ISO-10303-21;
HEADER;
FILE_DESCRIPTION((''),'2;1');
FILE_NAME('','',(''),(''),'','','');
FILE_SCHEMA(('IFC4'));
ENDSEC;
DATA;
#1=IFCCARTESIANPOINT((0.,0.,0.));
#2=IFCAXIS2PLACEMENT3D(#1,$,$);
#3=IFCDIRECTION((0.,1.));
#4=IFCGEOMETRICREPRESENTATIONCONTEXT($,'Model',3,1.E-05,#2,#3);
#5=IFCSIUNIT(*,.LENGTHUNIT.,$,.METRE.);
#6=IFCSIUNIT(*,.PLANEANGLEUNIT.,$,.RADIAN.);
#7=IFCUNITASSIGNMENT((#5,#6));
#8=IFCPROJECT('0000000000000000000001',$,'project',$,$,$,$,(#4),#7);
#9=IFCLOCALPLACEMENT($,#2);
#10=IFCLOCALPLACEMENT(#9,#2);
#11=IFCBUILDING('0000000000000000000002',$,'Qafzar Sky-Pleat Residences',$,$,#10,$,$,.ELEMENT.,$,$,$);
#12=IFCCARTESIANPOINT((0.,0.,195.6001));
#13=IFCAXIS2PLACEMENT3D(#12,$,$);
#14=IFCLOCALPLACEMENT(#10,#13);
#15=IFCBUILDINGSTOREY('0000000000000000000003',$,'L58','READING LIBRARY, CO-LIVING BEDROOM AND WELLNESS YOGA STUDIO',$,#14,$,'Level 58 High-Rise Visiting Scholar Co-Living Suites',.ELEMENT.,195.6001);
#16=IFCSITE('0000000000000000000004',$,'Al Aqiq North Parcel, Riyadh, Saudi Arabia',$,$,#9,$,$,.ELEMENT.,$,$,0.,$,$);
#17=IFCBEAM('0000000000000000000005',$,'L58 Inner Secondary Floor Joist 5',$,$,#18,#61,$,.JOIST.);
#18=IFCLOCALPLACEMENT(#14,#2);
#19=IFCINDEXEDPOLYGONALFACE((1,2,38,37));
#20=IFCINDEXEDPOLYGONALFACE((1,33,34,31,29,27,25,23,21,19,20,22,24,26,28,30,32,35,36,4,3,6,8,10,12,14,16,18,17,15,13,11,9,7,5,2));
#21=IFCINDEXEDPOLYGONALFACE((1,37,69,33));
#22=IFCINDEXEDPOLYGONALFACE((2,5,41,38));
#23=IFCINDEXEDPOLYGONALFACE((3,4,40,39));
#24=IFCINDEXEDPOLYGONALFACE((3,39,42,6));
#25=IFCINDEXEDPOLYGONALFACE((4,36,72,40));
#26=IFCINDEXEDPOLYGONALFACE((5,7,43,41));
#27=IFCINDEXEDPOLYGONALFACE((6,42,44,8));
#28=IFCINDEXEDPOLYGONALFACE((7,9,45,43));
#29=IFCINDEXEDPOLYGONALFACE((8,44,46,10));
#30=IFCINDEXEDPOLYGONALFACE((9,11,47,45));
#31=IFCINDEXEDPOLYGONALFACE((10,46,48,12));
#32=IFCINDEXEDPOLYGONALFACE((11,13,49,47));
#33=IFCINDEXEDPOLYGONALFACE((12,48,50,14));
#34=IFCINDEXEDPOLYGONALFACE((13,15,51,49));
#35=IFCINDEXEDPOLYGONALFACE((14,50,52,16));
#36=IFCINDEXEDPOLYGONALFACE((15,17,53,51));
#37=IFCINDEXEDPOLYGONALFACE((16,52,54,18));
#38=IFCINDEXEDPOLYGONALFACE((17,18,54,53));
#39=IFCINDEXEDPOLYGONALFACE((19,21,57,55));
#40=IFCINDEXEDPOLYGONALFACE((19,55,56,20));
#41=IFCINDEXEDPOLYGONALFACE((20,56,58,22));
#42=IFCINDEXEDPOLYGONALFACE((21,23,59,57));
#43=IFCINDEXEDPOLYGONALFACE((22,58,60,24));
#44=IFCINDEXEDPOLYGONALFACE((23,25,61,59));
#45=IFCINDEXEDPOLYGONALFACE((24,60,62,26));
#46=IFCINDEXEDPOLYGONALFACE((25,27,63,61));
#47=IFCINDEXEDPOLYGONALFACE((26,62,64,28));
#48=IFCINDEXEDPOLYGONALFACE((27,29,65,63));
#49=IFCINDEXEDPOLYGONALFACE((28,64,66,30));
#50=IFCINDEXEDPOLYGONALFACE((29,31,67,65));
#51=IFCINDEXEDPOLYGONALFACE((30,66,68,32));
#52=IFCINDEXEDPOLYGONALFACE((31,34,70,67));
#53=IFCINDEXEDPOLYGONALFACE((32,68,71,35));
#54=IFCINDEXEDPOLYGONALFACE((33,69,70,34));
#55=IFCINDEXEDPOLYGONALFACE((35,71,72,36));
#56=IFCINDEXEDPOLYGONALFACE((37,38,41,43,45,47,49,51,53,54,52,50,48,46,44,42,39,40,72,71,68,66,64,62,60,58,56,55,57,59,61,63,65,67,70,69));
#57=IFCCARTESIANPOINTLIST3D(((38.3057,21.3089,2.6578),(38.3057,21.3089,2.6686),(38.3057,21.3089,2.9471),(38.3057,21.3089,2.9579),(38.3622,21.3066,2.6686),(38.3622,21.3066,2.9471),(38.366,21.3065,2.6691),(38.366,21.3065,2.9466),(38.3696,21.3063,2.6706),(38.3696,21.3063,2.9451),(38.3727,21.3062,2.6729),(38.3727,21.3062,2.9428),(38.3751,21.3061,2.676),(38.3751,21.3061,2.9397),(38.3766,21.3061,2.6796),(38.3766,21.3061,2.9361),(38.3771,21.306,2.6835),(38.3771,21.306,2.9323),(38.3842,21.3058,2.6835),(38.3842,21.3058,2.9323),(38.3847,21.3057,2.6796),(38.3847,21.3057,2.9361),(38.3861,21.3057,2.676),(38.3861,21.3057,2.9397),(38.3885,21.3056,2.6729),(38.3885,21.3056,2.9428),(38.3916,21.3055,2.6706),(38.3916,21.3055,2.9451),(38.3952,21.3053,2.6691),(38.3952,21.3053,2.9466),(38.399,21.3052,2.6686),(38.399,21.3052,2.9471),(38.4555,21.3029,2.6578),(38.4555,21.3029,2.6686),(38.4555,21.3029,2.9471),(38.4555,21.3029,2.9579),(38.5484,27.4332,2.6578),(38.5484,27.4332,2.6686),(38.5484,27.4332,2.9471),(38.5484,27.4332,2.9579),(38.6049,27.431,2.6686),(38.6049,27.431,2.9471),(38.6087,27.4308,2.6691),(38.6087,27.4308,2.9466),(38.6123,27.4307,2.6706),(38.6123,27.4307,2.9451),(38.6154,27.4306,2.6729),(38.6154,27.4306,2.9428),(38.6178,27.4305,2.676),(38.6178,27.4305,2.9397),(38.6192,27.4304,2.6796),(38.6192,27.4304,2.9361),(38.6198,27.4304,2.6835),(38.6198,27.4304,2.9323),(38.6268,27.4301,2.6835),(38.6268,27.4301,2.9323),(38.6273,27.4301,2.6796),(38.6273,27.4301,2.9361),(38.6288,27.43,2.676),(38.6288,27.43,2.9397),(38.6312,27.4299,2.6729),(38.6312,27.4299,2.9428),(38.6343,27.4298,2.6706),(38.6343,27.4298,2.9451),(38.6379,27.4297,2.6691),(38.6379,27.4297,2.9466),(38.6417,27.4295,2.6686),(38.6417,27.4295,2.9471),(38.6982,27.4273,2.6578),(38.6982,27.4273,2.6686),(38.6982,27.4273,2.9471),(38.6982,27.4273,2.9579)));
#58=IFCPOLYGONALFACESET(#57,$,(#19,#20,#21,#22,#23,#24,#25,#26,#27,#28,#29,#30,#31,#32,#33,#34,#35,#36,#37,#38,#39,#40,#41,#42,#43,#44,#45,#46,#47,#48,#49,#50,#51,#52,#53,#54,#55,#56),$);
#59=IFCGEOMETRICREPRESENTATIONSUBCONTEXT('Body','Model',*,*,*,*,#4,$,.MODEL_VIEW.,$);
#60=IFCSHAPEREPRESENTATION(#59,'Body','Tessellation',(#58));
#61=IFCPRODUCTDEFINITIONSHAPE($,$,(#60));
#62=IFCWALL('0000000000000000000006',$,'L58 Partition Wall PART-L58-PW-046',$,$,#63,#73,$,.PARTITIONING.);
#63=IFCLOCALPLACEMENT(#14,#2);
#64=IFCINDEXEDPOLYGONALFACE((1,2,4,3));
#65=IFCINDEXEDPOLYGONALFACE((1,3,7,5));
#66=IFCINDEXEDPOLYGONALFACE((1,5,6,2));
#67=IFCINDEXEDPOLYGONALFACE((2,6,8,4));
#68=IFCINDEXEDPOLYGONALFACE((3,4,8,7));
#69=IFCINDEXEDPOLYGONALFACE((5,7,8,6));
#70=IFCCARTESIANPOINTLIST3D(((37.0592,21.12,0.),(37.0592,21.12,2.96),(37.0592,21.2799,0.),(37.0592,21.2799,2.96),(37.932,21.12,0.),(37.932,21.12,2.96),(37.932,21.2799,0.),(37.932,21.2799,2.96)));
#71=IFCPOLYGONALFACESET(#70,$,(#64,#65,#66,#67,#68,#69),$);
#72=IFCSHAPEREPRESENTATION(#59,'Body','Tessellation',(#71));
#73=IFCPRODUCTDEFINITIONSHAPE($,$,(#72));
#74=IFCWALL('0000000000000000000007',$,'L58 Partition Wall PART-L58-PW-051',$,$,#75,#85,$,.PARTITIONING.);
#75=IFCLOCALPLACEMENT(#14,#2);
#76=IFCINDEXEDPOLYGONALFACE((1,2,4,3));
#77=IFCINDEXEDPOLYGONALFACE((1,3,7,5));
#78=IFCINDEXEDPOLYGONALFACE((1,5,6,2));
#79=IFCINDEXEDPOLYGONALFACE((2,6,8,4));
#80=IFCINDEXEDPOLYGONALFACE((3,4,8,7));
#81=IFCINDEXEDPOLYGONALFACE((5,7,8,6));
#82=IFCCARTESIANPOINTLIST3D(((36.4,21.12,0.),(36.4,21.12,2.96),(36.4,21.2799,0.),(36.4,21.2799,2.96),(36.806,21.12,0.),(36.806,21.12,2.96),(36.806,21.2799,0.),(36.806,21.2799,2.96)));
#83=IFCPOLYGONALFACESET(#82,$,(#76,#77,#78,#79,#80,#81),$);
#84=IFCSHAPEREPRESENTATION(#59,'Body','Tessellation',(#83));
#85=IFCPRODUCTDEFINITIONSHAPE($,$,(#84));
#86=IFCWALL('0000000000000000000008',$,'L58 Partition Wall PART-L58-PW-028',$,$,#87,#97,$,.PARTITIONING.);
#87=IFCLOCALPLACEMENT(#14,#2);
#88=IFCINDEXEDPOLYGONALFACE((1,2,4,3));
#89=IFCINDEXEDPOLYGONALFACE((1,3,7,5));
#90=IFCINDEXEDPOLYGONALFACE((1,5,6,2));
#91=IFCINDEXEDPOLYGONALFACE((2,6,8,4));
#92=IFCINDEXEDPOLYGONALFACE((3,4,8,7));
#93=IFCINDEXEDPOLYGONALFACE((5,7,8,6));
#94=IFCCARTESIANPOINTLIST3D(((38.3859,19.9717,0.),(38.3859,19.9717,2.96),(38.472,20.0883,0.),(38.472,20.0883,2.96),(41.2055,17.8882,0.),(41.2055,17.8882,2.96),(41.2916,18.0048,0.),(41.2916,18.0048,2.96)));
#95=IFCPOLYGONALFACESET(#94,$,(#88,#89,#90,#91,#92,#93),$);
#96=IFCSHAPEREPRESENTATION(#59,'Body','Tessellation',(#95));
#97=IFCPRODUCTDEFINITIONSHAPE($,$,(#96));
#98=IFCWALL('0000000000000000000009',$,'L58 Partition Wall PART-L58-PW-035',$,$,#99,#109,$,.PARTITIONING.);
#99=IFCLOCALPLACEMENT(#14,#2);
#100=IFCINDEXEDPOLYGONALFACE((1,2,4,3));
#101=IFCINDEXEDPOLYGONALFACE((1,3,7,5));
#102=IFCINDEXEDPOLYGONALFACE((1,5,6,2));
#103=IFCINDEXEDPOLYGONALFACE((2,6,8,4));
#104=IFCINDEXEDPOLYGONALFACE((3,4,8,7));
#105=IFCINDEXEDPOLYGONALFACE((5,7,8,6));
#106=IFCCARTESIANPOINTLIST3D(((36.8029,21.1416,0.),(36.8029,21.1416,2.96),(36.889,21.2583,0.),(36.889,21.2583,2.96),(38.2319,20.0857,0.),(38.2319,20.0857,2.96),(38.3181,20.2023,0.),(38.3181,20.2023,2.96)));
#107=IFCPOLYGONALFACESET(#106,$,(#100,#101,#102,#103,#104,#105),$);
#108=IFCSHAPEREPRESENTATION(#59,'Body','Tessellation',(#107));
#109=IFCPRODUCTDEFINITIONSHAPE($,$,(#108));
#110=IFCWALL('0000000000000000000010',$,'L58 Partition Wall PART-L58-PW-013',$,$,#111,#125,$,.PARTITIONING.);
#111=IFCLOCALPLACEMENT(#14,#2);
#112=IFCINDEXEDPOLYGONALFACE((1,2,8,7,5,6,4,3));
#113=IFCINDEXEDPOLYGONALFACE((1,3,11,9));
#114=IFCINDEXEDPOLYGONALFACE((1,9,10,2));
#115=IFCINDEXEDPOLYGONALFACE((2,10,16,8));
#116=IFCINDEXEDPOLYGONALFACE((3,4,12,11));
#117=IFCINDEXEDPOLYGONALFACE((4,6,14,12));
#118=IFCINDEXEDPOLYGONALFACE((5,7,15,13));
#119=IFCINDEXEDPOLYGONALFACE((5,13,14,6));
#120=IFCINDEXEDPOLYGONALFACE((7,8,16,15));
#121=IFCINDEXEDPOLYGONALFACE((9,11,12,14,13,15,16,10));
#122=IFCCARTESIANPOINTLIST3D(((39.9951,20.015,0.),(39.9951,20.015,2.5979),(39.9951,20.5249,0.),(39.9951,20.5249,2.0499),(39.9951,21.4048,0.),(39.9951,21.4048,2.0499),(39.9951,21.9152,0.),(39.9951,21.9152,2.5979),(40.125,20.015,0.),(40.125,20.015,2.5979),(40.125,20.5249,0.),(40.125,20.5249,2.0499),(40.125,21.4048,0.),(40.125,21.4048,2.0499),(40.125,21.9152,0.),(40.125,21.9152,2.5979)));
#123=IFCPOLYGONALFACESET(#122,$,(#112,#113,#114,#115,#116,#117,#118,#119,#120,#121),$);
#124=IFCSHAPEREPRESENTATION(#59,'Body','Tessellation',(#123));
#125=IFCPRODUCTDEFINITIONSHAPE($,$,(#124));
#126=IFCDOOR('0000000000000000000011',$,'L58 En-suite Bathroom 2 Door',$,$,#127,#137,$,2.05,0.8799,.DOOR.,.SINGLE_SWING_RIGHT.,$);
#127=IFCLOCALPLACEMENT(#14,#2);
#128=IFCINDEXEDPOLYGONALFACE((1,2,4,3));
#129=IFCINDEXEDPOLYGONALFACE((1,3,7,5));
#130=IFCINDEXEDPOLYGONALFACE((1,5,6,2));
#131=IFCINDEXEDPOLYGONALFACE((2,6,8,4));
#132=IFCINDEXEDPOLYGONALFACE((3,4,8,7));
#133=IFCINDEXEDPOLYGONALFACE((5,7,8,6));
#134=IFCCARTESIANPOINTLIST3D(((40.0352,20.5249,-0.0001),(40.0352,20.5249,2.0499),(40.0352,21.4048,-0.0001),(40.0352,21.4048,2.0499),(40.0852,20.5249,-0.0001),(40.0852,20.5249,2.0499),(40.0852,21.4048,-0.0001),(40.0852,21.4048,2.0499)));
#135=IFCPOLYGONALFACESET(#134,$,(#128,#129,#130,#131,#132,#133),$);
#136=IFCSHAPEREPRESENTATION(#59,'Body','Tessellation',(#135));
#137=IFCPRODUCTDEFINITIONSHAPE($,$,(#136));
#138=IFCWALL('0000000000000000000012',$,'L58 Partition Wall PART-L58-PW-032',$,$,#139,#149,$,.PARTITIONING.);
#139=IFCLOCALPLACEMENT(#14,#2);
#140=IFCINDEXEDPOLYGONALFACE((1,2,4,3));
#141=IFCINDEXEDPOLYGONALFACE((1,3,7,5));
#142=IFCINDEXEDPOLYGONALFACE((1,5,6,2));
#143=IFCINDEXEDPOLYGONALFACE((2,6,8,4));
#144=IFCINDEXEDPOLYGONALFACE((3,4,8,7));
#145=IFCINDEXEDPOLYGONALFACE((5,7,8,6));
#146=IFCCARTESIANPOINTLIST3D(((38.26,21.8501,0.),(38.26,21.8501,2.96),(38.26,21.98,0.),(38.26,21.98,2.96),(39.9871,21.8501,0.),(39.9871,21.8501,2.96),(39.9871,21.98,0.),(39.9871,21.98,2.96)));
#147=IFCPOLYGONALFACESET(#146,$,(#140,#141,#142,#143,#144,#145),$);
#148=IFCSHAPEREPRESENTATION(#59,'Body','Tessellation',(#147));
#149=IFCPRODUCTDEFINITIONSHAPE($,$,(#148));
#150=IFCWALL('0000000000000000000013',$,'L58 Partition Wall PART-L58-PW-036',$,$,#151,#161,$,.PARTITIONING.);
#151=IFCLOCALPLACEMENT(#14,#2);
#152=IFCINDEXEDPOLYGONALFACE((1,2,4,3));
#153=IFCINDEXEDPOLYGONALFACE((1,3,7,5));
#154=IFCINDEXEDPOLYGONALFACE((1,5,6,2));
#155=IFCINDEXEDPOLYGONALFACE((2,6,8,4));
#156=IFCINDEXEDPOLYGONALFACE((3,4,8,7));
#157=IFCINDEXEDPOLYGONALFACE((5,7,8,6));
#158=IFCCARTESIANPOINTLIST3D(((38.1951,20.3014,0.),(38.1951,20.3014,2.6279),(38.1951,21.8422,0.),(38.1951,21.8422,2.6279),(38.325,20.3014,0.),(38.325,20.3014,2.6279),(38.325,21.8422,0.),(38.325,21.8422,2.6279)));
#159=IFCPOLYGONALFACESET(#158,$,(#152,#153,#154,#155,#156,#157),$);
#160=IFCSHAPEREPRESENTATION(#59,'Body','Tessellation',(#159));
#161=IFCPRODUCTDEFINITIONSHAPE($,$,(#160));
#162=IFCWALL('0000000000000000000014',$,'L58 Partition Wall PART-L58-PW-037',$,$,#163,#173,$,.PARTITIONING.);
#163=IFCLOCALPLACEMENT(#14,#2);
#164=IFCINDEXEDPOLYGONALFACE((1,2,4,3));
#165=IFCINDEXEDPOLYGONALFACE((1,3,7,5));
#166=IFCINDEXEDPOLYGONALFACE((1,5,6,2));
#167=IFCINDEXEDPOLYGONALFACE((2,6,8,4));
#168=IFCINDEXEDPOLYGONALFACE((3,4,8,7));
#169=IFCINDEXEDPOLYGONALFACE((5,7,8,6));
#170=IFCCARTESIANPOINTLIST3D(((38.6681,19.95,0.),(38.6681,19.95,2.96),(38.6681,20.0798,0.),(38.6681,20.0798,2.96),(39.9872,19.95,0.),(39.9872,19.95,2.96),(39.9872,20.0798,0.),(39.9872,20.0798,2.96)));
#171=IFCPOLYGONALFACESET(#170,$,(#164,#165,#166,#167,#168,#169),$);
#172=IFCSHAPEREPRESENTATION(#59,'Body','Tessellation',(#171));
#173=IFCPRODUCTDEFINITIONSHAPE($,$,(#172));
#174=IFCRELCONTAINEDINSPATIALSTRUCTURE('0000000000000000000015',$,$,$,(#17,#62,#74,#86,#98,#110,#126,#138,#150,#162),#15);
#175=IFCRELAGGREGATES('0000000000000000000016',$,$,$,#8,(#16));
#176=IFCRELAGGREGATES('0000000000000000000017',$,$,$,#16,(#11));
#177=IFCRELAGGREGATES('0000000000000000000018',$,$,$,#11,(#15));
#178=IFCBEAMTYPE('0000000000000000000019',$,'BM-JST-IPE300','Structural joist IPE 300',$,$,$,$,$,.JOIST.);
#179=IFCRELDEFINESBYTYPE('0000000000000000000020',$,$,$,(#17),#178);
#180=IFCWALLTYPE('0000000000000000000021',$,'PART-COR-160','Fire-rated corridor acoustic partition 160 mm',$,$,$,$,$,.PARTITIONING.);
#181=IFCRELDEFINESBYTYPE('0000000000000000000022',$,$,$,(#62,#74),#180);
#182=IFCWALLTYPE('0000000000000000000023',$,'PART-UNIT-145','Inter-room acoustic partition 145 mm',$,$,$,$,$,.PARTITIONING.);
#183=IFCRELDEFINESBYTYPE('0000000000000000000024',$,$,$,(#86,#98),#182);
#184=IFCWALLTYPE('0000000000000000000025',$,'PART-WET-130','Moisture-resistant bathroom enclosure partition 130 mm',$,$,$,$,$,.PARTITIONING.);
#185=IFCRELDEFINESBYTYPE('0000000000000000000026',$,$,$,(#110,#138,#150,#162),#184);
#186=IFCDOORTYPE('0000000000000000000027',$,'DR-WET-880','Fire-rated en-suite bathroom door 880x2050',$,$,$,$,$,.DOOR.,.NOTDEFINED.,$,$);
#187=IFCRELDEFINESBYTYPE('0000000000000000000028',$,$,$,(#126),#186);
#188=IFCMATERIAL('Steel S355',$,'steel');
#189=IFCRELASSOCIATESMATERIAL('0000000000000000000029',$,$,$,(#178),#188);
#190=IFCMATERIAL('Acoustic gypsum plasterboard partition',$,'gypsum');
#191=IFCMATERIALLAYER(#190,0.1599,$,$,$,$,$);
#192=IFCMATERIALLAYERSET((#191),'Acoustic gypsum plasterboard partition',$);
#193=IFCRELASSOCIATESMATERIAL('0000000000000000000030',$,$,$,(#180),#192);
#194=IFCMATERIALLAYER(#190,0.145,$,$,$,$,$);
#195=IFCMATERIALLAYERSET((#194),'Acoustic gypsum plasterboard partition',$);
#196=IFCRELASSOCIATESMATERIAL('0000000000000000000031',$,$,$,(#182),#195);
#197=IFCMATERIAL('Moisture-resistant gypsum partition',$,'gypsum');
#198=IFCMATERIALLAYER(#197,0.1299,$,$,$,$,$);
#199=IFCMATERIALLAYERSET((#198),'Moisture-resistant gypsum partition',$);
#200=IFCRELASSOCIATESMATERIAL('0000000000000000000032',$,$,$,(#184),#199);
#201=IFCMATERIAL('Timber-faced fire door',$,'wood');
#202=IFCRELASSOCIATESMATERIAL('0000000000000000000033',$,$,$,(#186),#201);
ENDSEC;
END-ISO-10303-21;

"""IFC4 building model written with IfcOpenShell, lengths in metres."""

from ifc_helpers import new_model, si_unit, direction, frame, frame_2d, origin, origin_2d, place, context, subcontext, project, spatial, rectangle, i_section, extrude, source, transform, mapped, material, layer, layer_set, material_profile, profile_set, type_object, element, fill, save


model = new_model("IFC4")

# Units and contexts
model_context = context("Model", 3, precision=1e-05, world=origin(), true_north=direction((0.0, 1.0)))
body_context = subcontext(model_context, "Body", "Model", "MODEL_VIEW")
ifc_project = project(units=[si_unit("LENGTHUNIT", "METRE"), si_unit("PLANEANGLEUNIT", "RADIAN")], contexts=[model_context])

# Site, building, storey
site_placement = place(None, origin())
site = spatial("IfcSite", under=ifc_project, at=site_placement, Name="Al Aqiq North Parcel, Riyadh, Saudi Arabia", CompositionType="ELEMENT", RefElevation=0.0)
building_placement = place(site_placement, origin())
building = spatial("IfcBuilding", under=site, at=building_placement, Name="Qafzar Sky-Pleat Residences", CompositionType="ELEMENT")
storey_placement = place(building_placement, frame((0.0, 0.0, 195.6001)))
storey = spatial("IfcBuildingStorey", under=building, at=storey_placement, Name="L58", Description="READING LIBRARY, CO-LIVING BEDROOM AND WELLNESS YOGA STUDIO", LongName="Level 58 High-Rise Visiting Scholar Co-Living Suites", CompositionType="ELEMENT", Elevation=195.6001)

# Shared definitions
ifc_material_1 = material(Name="Steel S355", Category="steel")

# Beam
ifc_material_profile_1 = material_profile(ifc_material_1, i_section(OverallWidth=0.1499, OverallDepth=0.3, WebThickness=0.0071, FlangeThickness=0.0107, FilletRadius=0.0149, at=origin_2d()), Name="IPE 300")
ifc_profile_set_1 = profile_set([ifc_material_profile_1], Name="Steel S355")
beam_type_1 = type_object("IfcBeamType", Name="BM-JST-IPE300", Description="Structural joist IPE 300", PredefinedType="JOIST", material=ifc_profile_set_1)
shared_shape_1 = source(origin(), body_context, "Body", "SweptSolid", [
    extrude(i_section(OverallWidth=0.1499, OverallDepth=0.3, WebThickness=0.0071, FlangeThickness=0.0107, FilletRadius=0.0149, at=origin_2d()), origin(), (0.0, 0.0, 1.0), 6.1292),
])
beam_1_placement = place(storey_placement, frame((38.3806, 21.3059, 2.8079), z_axis=(0.039594, 0.999216, 0.0), x_axis=(-0.999216, 0.039594, 0.0)))
element("IfcBeam", 1, at=beam_1_placement, inside=storey, type_object=beam_type_1, Name="L58 Inner Secondary Floor Joist 5", PredefinedType="JOIST", context=body_context, shape_type="MappedRepresentation", body=[
    mapped(shared_shape_1, transform((0.0, 0.0, 0.0), x_axis=(1.0, 0.0, 0.0), y_axis=(0.0, 1.0, 0.0), z_axis=(0.0, 0.0, 1.0), scale=1.0)),
])

# Walls
ifc_material_2 = material(Name="Acoustic gypsum plasterboard partition", Category="gypsum")
ifc_layer_1 = layer(ifc_material_2, 0.1599)
ifc_layer_set_1 = layer_set([ifc_layer_1], Name="Acoustic gypsum plasterboard partition")
wall_type_1 = type_object("IfcWallType", Name="PART-COR-160", Description="Fire-rated corridor acoustic partition 160 mm", PredefinedType="PARTITIONING", material=ifc_layer_set_1)
wall_1_placement = place(storey_placement, frame((37.0591, 21.2, 0.0), z_axis=(0.0, 0.0, 1.0), x_axis=(1.0, 0.0, 0.0)))
element("IfcWall", 2, at=wall_1_placement, inside=storey, type_object=wall_type_1, Name="L58 Partition Wall PART-L58-PW-046", PredefinedType="PARTITIONING", context=body_context, shape_type="SweptSolid", body=[
    extrude(rectangle(XDim=0.8728, YDim=0.1599, at=frame_2d((0.4365, 0.0))), origin(), (0.0, 0.0, 1.0), 2.96),
])
wall_2_placement = place(storey_placement, frame((36.3999, 21.2, 0.0), z_axis=(0.0, 0.0, 1.0), x_axis=(1.0, 0.0, 0.0)))
element("IfcWall", 3, at=wall_2_placement, inside=storey, type_object=wall_type_1, Name="L58 Partition Wall PART-L58-PW-051", PredefinedType="PARTITIONING", context=body_context, shape_type="SweptSolid", body=[
    extrude(rectangle(XDim=0.406, YDim=0.1599, at=frame_2d((0.2031, 0.0))), origin(), (0.0, 0.0, 1.0), 2.96),
])
ifc_layer_2 = layer(ifc_material_2, 0.145)
ifc_layer_set_2 = layer_set([ifc_layer_2], Name="Acoustic gypsum plasterboard partition")
wall_type_2 = type_object("IfcWallType", Name="PART-UNIT-145", Description="Inter-room acoustic partition 145 mm", PredefinedType="PARTITIONING", material=ifc_layer_set_2)
wall_3_placement = place(storey_placement, frame((38.429, 20.03, 0.0), z_axis=(0.0, 0.0, 1.0), x_axis=(0.80425, -0.594291, 0.0)))
element("IfcWall", 4, at=wall_3_placement, inside=storey, type_object=wall_type_2, Name="L58 Partition Wall PART-L58-PW-028", PredefinedType="PARTITIONING", context=body_context, shape_type="SweptSolid", body=[
    extrude(rectangle(XDim=3.5059, YDim=0.145, at=frame_2d((1.7529, 0.0))), origin(), (0.0, 0.0, 1.0), 2.96),
])
wall_4_placement = place(storey_placement, frame((36.8459, 21.2, 0.0), z_axis=(0.0, 0.0, 1.0), x_axis=(0.80425, -0.594291, 0.0)))
element("IfcWall", 5, at=wall_4_placement, inside=storey, type_object=wall_type_2, Name="L58 Partition Wall PART-L58-PW-035", PredefinedType="PARTITIONING", context=body_context, shape_type="SweptSolid", body=[
    extrude(rectangle(XDim=1.7769, YDim=0.145, at=frame_2d((0.8884, 0.0))), origin(), (0.0, 0.0, 1.0), 2.96),
])

# Wall, opening, door
ifc_material_3 = material(Name="Moisture-resistant gypsum partition", Category="gypsum")
ifc_layer_3 = layer(ifc_material_3, 0.1299)
ifc_layer_set_3 = layer_set([ifc_layer_3], Name="Moisture-resistant gypsum partition")
wall_type_3 = type_object("IfcWallType", Name="PART-WET-130", Description="Moisture-resistant bathroom enclosure partition 130 mm", PredefinedType="PARTITIONING", material=ifc_layer_set_3)
wall_5_placement = place(storey_placement, frame((40.0601, 20.0149, 0.0), z_axis=(0.0, 0.0, 1.0), x_axis=(0.0, 1.0, 0.0)))
wall_5 = element("IfcWall", 6, at=wall_5_placement, inside=storey, type_object=wall_type_3, Name="L58 Partition Wall PART-L58-PW-013", PredefinedType="PARTITIONING", context=body_context, shape_type="SweptSolid", body=[
    extrude(rectangle(XDim=1.9001, YDim=0.1299, at=frame_2d((0.9502, 0.0))), origin(), (0.0, 0.0, 1.0), 2.5979),
])
opening_1_placement = place(wall_5_placement, frame((0.51, 0.0, 0.0)))
opening_1 = element("IfcOpeningElement", 7, at=opening_1_placement, cuts=wall_5, PredefinedType="OPENING", context=body_context, shape_type="SweptSolid", body=[
    extrude(rectangle(XDim=0.8799, YDim=2.05, at=frame_2d((0.4399, 1.0249))), frame((0.0, 0.075, 0.0), z_axis=(0.0, -1.0, 0.0), x_axis=(1.0, 0.0, 0.0)), (0.0, 0.0, 1.0), 0.1499),
])
ifc_material_4 = material(Name="Timber-faced fire door", Category="wood")
door_type = type_object("IfcDoorType", Name="DR-WET-880", Description="Fire-rated en-suite bathroom door 880x2050", OperationType="NOTDEFINED", PredefinedType="DOOR", material=ifc_material_4)
shared_shape_2 = source(origin(), body_context, "Body", "SweptSolid", [
    extrude(rectangle(XDim=0.8799, YDim=2.05, at=frame_2d((0.4399, 1.0249))), frame((0.0, 0.0249, 0.0), z_axis=(0.0, -1.0, 0.0), x_axis=(1.0, 0.0, 0.0)), (0.0, 0.0, 1.0), 0.05),
])
door_placement = place(opening_1_placement, origin())
door = element("IfcDoor", 8, at=door_placement, inside=storey, type_object=door_type, Name="L58 En-suite Bathroom 2 Door", OperationType="SINGLE_SWING_RIGHT", OverallHeight=2.05, OverallWidth=0.8799, PredefinedType="DOOR", context=body_context, shape_type="MappedRepresentation", body=[
    mapped(shared_shape_2, transform((0.0, 0.0, 0.0), x_axis=(1.0, 0.0, 0.0), y_axis=(0.0, 1.0, 0.0), z_axis=(0.0, 0.0, 1.0), scale=1.0)),
])
fill(opening_1, door)

# Walls
wall_6_placement = place(storey_placement, frame((38.26, 21.915, 0.0), z_axis=(0.0, 0.0, 1.0), x_axis=(1.0, 0.0, 0.0)))
element("IfcWall", 9, at=wall_6_placement, inside=storey, type_object=wall_type_3, Name="L58 Partition Wall PART-L58-PW-032", PredefinedType="PARTITIONING", context=body_context, shape_type="SweptSolid", body=[
    extrude(rectangle(XDim=1.7271, YDim=0.1299, at=frame_2d((0.8635, 0.0))), origin(), (0.0, 0.0, 1.0), 2.96),
])
wall_7_placement = place(storey_placement, frame((38.26, 20.3013, 0.0), z_axis=(0.0, 0.0, 1.0), x_axis=(0.0, 1.0, 0.0)))
element("IfcWall", 10, at=wall_7_placement, inside=storey, type_object=wall_type_3, Name="L58 Partition Wall PART-L58-PW-036", PredefinedType="PARTITIONING", context=body_context, shape_type="SweptSolid", body=[
    extrude(rectangle(XDim=1.5408, YDim=0.1299, at=frame_2d((0.7705, 0.0))), origin(), (0.0, 0.0, 1.0), 2.6279),
])
wall_8_placement = place(storey_placement, frame((38.668, 20.0149, 0.0), z_axis=(0.0, 0.0, 1.0), x_axis=(1.0, 0.0, 0.0)))
element("IfcWall", 11, at=wall_8_placement, inside=storey, type_object=wall_type_3, Name="L58 Partition Wall PART-L58-PW-037", PredefinedType="PARTITIONING", context=body_context, shape_type="SweptSolid", body=[
    extrude(rectangle(XDim=1.3191, YDim=0.1299, at=frame_2d((0.6597, 0.0))), origin(), (0.0, 0.0, 1.0), 2.96),
])

save(model, "model.ifc")
